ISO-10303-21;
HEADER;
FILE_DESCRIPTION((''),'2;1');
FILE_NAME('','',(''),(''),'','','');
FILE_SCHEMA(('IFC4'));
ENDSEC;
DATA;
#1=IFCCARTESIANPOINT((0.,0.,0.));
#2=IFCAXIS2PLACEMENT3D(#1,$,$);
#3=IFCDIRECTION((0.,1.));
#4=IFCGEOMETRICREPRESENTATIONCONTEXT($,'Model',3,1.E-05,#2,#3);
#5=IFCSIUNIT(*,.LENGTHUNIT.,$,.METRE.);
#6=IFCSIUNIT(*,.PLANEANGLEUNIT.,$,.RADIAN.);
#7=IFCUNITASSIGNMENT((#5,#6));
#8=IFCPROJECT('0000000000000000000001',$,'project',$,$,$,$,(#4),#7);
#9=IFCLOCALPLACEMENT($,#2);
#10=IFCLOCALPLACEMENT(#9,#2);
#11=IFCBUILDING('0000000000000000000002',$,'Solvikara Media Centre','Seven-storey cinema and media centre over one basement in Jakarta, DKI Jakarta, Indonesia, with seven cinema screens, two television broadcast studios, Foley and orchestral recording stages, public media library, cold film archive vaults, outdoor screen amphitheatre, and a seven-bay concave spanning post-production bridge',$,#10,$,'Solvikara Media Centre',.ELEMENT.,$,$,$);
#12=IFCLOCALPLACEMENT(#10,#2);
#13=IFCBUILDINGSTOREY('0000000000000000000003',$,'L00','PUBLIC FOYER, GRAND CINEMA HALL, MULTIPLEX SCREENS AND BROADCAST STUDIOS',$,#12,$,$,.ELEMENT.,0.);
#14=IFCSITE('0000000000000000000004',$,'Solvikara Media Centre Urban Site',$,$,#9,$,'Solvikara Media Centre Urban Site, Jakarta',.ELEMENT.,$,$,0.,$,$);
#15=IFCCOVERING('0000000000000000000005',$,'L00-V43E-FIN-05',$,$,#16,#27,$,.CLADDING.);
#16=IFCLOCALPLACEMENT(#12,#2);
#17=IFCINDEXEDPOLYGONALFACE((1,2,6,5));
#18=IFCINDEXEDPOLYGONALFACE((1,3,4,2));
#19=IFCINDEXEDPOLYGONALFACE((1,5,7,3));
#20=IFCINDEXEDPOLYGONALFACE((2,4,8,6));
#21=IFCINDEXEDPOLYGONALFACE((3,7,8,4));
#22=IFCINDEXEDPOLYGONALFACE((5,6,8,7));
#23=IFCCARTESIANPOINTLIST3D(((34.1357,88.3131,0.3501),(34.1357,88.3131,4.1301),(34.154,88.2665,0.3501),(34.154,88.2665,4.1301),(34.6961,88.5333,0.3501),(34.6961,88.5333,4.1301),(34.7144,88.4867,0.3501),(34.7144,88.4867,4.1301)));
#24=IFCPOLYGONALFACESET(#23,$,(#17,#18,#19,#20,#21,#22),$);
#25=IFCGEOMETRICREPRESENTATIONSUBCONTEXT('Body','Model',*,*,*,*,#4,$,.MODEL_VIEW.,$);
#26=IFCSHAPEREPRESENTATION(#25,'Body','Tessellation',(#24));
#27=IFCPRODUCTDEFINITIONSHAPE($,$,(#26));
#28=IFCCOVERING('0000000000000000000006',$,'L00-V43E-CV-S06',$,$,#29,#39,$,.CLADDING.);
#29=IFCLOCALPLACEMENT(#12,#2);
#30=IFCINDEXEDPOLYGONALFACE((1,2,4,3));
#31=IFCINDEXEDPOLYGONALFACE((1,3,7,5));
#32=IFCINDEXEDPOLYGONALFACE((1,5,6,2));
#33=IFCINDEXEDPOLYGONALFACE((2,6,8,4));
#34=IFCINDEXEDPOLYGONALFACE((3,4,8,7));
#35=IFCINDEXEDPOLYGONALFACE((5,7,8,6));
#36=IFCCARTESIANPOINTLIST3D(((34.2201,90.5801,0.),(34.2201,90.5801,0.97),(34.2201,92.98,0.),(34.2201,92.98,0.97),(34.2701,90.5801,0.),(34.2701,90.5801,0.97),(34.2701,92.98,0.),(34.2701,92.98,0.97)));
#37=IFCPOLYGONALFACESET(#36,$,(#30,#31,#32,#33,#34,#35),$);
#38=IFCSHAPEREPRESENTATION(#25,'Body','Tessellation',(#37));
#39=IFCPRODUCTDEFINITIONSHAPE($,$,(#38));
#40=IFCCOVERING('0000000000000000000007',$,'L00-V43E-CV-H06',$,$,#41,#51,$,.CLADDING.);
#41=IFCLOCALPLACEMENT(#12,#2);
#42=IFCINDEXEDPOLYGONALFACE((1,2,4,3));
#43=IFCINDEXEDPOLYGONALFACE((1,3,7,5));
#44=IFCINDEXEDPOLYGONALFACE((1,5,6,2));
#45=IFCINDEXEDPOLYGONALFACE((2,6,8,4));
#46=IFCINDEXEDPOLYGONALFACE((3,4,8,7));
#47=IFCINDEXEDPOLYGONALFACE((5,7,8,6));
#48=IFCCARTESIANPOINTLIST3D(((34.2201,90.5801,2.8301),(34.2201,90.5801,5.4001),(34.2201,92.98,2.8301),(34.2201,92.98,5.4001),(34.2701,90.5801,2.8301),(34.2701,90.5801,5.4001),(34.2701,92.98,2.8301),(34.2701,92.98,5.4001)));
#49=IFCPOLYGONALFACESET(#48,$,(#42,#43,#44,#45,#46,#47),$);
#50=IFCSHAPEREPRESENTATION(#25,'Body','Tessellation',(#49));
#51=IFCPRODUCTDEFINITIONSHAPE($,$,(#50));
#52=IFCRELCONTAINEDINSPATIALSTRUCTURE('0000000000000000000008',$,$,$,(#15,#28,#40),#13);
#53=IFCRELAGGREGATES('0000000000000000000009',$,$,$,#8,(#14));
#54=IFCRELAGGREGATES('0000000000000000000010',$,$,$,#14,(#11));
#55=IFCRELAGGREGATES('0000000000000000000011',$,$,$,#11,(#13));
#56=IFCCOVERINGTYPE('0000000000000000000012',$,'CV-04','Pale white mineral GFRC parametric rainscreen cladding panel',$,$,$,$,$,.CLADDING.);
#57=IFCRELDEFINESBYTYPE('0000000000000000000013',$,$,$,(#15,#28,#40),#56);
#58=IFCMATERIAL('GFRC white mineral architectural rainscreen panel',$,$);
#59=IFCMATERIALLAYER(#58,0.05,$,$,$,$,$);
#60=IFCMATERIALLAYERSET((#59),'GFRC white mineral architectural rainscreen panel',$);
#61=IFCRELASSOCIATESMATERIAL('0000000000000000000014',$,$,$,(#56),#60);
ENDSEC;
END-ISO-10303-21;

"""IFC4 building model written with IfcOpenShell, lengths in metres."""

from ifc_helpers import new_model, si_unit, direction, frame, origin, origin_2d, place, context, subcontext, project, spatial, rectangle, extrude, material, layer, layer_set, type_object, element, save


model = new_model("IFC4")

# Units and contexts
model_context = context("Model", 3, precision=1e-05, world=origin(), true_north=direction((0.0, 1.0)))
body_context = subcontext(model_context, "Body", "Model", "MODEL_VIEW")
ifc_project = project(units=[si_unit("LENGTHUNIT", "METRE"), si_unit("PLANEANGLEUNIT", "RADIAN")], contexts=[model_context])

# Site, building, storey
site_placement = place(None, origin())
site = spatial("IfcSite", under=ifc_project, at=site_placement, Name="Solvikara Media Centre Urban Site", LongName="Solvikara Media Centre Urban Site, Jakarta", CompositionType="ELEMENT", RefElevation=0.0)
building_placement = place(site_placement, origin())
building = spatial("IfcBuilding", under=site, at=building_placement, Name="Solvikara Media Centre", Description="Seven-storey cinema and media centre over one basement in Jakarta, DKI Jakarta, Indonesia, with seven cinema screens, two television broadcast studios, Foley and orchestral recording stages, public media library, cold film archive vaults, outdoor screen amphitheatre, and a seven-bay concave spanning post-production bridge", LongName="Solvikara Media Centre", CompositionType="ELEMENT")
storey_placement = place(building_placement, origin())
storey = spatial("IfcBuildingStorey", under=building, at=storey_placement, Name="L00", Description="PUBLIC FOYER, GRAND CINEMA HALL, MULTIPLEX SCREENS AND BROADCAST STUDIOS", CompositionType="ELEMENT", Elevation=0.0)

# Coverings
ifc_material_1 = material(Name="GFRC white mineral architectural rainscreen panel")
ifc_layer_1 = layer(ifc_material_1, 0.05)
ifc_layer_set_1 = layer_set([ifc_layer_1], Name="GFRC white mineral architectural rainscreen panel")
covering_type = type_object("IfcCoveringType", Name="CV-04", Description="Pale white mineral GFRC parametric rainscreen cladding panel", PredefinedType="CLADDING", material=ifc_layer_set_1)
covering_1_placement = place(storey_placement, frame((34.425, 88.3999, 0.3501), z_axis=(0.0, 0.0, 1.0), x_axis=(0.93075, 0.365657, 0.0)))
element("IfcCovering", 1, at=covering_1_placement, inside=storey, type_object=covering_type, Name="L00-V43E-FIN-05", PredefinedType="CLADDING", context=body_context, shape_type="SweptSolid", body=[
    extrude(rectangle(XDim=0.6021, YDim=0.05, at=origin_2d()), origin(), (0.0, 0.0, 1.0), 3.78),
])
covering_2_placement = place(storey_placement, frame((34.2451, 91.78, 0.0), z_axis=(0.0, 0.0, 1.0), x_axis=(0.0, 1.0, 0.0)))
element("IfcCovering", 2, at=covering_2_placement, inside=storey, type_object=covering_type, Name="L00-V43E-CV-S06", PredefinedType="CLADDING", context=body_context, shape_type="SweptSolid", body=[
    extrude(rectangle(XDim=2.3999, YDim=0.05, at=origin_2d()), origin(), (0.0, 0.0, 1.0), 0.97),
])
covering_3_placement = place(storey_placement, frame((34.2451, 91.78, 2.8301), z_axis=(0.0, 0.0, 1.0), x_axis=(0.0, 1.0, 0.0)))
element("IfcCovering", 3, at=covering_3_placement, inside=storey, type_object=covering_type, Name="L00-V43E-CV-H06", PredefinedType="CLADDING", context=body_context, shape_type="SweptSolid", body=[
    extrude(rectangle(XDim=2.3999, YDim=0.05, at=origin_2d()), origin(), (0.0, 0.0, 1.0), 2.5701),
])

save(model, "model.ifc")
